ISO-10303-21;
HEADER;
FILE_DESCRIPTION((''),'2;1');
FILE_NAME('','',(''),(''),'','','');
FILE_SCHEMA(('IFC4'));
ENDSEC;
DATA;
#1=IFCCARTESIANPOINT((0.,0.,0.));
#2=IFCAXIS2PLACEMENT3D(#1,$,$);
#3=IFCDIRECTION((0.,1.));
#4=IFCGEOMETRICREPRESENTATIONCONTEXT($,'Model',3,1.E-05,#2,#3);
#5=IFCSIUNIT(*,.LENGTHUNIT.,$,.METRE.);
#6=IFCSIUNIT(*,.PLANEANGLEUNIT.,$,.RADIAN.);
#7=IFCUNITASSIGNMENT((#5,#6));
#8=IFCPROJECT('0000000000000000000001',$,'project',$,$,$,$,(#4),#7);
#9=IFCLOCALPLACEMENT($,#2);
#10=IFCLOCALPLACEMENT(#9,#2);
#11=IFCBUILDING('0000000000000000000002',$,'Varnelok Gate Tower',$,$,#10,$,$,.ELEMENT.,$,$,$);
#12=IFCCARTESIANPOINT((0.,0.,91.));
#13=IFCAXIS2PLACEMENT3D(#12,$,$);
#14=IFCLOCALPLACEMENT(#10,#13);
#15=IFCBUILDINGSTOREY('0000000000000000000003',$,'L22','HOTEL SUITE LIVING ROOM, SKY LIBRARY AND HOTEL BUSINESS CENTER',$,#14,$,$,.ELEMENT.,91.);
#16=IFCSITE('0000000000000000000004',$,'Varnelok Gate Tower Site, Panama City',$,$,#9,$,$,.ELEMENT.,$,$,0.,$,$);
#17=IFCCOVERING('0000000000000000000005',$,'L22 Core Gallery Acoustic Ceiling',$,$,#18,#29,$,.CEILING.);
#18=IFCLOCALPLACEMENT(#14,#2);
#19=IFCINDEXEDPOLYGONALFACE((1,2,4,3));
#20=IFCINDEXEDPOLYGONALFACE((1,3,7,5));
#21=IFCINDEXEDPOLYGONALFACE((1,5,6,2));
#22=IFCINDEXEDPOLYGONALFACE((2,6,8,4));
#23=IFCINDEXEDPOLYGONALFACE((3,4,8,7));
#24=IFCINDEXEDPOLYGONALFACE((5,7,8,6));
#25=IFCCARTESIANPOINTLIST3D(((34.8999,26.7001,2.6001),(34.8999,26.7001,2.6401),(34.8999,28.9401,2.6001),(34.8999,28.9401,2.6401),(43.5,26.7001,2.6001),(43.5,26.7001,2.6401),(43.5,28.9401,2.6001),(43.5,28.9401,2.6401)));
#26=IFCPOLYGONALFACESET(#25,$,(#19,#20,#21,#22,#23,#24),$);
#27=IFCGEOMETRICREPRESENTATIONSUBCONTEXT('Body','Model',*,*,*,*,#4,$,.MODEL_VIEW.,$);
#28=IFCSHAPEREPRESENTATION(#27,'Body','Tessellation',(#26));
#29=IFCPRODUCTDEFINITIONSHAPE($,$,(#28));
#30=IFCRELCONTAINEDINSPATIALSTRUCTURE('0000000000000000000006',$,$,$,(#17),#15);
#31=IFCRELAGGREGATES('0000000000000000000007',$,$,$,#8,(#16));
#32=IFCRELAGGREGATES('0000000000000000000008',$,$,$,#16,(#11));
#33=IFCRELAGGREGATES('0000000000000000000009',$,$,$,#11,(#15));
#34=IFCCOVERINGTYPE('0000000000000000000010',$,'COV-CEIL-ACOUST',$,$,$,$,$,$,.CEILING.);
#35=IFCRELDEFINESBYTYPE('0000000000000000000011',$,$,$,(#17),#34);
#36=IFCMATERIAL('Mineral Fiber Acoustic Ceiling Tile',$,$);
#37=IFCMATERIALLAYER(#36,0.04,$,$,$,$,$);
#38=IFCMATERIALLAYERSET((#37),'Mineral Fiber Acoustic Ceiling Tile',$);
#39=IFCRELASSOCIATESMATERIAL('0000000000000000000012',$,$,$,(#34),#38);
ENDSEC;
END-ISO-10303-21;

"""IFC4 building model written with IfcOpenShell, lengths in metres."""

from ifc_helpers import new_model, si_unit, direction, frame, origin, origin_2d, place, context, subcontext, project, spatial, rectangle, extrude, source, transform, mapped, material, layer, layer_set, type_object, element, save


model = new_model("IFC4")

# Units and contexts
model_context = context("Model", 3, precision=1e-05, world=origin(), true_north=direction((0.0, 1.0)))
body_context = subcontext(model_context, "Body", "Model", "MODEL_VIEW")
ifc_project = project(units=[si_unit("LENGTHUNIT", "METRE"), si_unit("PLANEANGLEUNIT", "RADIAN")], contexts=[model_context])

# Site, building, storey
site_placement = place(None, origin())
site = spatial("IfcSite", under=ifc_project, at=site_placement, Name="Varnelok Gate Tower Site, Panama City", CompositionType="ELEMENT", RefElevation=0.0)
building_placement = place(site_placement, origin())
building = spatial("IfcBuilding", under=site, at=building_placement, Name="Varnelok Gate Tower", CompositionType="ELEMENT")
storey_placement = place(building_placement, frame((0.0, 0.0, 91.0)))
storey = spatial("IfcBuildingStorey", under=building, at=storey_placement, Name="L22", Description="HOTEL SUITE LIVING ROOM, SKY LIBRARY AND HOTEL BUSINESS CENTER", CompositionType="ELEMENT", Elevation=91.0)

# Covering
ifc_material_1 = material(Name="Mineral Fiber Acoustic Ceiling Tile")
ifc_layer_1 = layer(ifc_material_1, 0.04)
ifc_layer_set_1 = layer_set([ifc_layer_1], Name="Mineral Fiber Acoustic Ceiling Tile")
covering_type_1 = type_object("IfcCoveringType", Name="COV-CEIL-ACOUST", PredefinedType="CEILING", material=ifc_layer_set_1)
shared_shape_1 = source(origin(), body_context, "Body", "SweptSolid", [
    extrude(rectangle(XDim=8.6001, YDim=2.24, at=origin_2d()), origin(), (0.0, 0.0, 1.0), 0.04),
])
covering_1_placement = place(storey_placement, frame((39.2, 27.8201, 2.6001), z_axis=(0.0, 0.0, 1.0), x_axis=(1.0, 0.0, 0.0)))
element("IfcCovering", 1, at=covering_1_placement, inside=storey, type_object=covering_type_1, Name="L22 Core Gallery Acoustic Ceiling", PredefinedType="CEILING", context=body_context, shape_type="MappedRepresentation", body=[
    mapped(shared_shape_1, transform((0.0, 0.0, 0.0), scale=1.0)),
])

save(model, "model.ifc")
